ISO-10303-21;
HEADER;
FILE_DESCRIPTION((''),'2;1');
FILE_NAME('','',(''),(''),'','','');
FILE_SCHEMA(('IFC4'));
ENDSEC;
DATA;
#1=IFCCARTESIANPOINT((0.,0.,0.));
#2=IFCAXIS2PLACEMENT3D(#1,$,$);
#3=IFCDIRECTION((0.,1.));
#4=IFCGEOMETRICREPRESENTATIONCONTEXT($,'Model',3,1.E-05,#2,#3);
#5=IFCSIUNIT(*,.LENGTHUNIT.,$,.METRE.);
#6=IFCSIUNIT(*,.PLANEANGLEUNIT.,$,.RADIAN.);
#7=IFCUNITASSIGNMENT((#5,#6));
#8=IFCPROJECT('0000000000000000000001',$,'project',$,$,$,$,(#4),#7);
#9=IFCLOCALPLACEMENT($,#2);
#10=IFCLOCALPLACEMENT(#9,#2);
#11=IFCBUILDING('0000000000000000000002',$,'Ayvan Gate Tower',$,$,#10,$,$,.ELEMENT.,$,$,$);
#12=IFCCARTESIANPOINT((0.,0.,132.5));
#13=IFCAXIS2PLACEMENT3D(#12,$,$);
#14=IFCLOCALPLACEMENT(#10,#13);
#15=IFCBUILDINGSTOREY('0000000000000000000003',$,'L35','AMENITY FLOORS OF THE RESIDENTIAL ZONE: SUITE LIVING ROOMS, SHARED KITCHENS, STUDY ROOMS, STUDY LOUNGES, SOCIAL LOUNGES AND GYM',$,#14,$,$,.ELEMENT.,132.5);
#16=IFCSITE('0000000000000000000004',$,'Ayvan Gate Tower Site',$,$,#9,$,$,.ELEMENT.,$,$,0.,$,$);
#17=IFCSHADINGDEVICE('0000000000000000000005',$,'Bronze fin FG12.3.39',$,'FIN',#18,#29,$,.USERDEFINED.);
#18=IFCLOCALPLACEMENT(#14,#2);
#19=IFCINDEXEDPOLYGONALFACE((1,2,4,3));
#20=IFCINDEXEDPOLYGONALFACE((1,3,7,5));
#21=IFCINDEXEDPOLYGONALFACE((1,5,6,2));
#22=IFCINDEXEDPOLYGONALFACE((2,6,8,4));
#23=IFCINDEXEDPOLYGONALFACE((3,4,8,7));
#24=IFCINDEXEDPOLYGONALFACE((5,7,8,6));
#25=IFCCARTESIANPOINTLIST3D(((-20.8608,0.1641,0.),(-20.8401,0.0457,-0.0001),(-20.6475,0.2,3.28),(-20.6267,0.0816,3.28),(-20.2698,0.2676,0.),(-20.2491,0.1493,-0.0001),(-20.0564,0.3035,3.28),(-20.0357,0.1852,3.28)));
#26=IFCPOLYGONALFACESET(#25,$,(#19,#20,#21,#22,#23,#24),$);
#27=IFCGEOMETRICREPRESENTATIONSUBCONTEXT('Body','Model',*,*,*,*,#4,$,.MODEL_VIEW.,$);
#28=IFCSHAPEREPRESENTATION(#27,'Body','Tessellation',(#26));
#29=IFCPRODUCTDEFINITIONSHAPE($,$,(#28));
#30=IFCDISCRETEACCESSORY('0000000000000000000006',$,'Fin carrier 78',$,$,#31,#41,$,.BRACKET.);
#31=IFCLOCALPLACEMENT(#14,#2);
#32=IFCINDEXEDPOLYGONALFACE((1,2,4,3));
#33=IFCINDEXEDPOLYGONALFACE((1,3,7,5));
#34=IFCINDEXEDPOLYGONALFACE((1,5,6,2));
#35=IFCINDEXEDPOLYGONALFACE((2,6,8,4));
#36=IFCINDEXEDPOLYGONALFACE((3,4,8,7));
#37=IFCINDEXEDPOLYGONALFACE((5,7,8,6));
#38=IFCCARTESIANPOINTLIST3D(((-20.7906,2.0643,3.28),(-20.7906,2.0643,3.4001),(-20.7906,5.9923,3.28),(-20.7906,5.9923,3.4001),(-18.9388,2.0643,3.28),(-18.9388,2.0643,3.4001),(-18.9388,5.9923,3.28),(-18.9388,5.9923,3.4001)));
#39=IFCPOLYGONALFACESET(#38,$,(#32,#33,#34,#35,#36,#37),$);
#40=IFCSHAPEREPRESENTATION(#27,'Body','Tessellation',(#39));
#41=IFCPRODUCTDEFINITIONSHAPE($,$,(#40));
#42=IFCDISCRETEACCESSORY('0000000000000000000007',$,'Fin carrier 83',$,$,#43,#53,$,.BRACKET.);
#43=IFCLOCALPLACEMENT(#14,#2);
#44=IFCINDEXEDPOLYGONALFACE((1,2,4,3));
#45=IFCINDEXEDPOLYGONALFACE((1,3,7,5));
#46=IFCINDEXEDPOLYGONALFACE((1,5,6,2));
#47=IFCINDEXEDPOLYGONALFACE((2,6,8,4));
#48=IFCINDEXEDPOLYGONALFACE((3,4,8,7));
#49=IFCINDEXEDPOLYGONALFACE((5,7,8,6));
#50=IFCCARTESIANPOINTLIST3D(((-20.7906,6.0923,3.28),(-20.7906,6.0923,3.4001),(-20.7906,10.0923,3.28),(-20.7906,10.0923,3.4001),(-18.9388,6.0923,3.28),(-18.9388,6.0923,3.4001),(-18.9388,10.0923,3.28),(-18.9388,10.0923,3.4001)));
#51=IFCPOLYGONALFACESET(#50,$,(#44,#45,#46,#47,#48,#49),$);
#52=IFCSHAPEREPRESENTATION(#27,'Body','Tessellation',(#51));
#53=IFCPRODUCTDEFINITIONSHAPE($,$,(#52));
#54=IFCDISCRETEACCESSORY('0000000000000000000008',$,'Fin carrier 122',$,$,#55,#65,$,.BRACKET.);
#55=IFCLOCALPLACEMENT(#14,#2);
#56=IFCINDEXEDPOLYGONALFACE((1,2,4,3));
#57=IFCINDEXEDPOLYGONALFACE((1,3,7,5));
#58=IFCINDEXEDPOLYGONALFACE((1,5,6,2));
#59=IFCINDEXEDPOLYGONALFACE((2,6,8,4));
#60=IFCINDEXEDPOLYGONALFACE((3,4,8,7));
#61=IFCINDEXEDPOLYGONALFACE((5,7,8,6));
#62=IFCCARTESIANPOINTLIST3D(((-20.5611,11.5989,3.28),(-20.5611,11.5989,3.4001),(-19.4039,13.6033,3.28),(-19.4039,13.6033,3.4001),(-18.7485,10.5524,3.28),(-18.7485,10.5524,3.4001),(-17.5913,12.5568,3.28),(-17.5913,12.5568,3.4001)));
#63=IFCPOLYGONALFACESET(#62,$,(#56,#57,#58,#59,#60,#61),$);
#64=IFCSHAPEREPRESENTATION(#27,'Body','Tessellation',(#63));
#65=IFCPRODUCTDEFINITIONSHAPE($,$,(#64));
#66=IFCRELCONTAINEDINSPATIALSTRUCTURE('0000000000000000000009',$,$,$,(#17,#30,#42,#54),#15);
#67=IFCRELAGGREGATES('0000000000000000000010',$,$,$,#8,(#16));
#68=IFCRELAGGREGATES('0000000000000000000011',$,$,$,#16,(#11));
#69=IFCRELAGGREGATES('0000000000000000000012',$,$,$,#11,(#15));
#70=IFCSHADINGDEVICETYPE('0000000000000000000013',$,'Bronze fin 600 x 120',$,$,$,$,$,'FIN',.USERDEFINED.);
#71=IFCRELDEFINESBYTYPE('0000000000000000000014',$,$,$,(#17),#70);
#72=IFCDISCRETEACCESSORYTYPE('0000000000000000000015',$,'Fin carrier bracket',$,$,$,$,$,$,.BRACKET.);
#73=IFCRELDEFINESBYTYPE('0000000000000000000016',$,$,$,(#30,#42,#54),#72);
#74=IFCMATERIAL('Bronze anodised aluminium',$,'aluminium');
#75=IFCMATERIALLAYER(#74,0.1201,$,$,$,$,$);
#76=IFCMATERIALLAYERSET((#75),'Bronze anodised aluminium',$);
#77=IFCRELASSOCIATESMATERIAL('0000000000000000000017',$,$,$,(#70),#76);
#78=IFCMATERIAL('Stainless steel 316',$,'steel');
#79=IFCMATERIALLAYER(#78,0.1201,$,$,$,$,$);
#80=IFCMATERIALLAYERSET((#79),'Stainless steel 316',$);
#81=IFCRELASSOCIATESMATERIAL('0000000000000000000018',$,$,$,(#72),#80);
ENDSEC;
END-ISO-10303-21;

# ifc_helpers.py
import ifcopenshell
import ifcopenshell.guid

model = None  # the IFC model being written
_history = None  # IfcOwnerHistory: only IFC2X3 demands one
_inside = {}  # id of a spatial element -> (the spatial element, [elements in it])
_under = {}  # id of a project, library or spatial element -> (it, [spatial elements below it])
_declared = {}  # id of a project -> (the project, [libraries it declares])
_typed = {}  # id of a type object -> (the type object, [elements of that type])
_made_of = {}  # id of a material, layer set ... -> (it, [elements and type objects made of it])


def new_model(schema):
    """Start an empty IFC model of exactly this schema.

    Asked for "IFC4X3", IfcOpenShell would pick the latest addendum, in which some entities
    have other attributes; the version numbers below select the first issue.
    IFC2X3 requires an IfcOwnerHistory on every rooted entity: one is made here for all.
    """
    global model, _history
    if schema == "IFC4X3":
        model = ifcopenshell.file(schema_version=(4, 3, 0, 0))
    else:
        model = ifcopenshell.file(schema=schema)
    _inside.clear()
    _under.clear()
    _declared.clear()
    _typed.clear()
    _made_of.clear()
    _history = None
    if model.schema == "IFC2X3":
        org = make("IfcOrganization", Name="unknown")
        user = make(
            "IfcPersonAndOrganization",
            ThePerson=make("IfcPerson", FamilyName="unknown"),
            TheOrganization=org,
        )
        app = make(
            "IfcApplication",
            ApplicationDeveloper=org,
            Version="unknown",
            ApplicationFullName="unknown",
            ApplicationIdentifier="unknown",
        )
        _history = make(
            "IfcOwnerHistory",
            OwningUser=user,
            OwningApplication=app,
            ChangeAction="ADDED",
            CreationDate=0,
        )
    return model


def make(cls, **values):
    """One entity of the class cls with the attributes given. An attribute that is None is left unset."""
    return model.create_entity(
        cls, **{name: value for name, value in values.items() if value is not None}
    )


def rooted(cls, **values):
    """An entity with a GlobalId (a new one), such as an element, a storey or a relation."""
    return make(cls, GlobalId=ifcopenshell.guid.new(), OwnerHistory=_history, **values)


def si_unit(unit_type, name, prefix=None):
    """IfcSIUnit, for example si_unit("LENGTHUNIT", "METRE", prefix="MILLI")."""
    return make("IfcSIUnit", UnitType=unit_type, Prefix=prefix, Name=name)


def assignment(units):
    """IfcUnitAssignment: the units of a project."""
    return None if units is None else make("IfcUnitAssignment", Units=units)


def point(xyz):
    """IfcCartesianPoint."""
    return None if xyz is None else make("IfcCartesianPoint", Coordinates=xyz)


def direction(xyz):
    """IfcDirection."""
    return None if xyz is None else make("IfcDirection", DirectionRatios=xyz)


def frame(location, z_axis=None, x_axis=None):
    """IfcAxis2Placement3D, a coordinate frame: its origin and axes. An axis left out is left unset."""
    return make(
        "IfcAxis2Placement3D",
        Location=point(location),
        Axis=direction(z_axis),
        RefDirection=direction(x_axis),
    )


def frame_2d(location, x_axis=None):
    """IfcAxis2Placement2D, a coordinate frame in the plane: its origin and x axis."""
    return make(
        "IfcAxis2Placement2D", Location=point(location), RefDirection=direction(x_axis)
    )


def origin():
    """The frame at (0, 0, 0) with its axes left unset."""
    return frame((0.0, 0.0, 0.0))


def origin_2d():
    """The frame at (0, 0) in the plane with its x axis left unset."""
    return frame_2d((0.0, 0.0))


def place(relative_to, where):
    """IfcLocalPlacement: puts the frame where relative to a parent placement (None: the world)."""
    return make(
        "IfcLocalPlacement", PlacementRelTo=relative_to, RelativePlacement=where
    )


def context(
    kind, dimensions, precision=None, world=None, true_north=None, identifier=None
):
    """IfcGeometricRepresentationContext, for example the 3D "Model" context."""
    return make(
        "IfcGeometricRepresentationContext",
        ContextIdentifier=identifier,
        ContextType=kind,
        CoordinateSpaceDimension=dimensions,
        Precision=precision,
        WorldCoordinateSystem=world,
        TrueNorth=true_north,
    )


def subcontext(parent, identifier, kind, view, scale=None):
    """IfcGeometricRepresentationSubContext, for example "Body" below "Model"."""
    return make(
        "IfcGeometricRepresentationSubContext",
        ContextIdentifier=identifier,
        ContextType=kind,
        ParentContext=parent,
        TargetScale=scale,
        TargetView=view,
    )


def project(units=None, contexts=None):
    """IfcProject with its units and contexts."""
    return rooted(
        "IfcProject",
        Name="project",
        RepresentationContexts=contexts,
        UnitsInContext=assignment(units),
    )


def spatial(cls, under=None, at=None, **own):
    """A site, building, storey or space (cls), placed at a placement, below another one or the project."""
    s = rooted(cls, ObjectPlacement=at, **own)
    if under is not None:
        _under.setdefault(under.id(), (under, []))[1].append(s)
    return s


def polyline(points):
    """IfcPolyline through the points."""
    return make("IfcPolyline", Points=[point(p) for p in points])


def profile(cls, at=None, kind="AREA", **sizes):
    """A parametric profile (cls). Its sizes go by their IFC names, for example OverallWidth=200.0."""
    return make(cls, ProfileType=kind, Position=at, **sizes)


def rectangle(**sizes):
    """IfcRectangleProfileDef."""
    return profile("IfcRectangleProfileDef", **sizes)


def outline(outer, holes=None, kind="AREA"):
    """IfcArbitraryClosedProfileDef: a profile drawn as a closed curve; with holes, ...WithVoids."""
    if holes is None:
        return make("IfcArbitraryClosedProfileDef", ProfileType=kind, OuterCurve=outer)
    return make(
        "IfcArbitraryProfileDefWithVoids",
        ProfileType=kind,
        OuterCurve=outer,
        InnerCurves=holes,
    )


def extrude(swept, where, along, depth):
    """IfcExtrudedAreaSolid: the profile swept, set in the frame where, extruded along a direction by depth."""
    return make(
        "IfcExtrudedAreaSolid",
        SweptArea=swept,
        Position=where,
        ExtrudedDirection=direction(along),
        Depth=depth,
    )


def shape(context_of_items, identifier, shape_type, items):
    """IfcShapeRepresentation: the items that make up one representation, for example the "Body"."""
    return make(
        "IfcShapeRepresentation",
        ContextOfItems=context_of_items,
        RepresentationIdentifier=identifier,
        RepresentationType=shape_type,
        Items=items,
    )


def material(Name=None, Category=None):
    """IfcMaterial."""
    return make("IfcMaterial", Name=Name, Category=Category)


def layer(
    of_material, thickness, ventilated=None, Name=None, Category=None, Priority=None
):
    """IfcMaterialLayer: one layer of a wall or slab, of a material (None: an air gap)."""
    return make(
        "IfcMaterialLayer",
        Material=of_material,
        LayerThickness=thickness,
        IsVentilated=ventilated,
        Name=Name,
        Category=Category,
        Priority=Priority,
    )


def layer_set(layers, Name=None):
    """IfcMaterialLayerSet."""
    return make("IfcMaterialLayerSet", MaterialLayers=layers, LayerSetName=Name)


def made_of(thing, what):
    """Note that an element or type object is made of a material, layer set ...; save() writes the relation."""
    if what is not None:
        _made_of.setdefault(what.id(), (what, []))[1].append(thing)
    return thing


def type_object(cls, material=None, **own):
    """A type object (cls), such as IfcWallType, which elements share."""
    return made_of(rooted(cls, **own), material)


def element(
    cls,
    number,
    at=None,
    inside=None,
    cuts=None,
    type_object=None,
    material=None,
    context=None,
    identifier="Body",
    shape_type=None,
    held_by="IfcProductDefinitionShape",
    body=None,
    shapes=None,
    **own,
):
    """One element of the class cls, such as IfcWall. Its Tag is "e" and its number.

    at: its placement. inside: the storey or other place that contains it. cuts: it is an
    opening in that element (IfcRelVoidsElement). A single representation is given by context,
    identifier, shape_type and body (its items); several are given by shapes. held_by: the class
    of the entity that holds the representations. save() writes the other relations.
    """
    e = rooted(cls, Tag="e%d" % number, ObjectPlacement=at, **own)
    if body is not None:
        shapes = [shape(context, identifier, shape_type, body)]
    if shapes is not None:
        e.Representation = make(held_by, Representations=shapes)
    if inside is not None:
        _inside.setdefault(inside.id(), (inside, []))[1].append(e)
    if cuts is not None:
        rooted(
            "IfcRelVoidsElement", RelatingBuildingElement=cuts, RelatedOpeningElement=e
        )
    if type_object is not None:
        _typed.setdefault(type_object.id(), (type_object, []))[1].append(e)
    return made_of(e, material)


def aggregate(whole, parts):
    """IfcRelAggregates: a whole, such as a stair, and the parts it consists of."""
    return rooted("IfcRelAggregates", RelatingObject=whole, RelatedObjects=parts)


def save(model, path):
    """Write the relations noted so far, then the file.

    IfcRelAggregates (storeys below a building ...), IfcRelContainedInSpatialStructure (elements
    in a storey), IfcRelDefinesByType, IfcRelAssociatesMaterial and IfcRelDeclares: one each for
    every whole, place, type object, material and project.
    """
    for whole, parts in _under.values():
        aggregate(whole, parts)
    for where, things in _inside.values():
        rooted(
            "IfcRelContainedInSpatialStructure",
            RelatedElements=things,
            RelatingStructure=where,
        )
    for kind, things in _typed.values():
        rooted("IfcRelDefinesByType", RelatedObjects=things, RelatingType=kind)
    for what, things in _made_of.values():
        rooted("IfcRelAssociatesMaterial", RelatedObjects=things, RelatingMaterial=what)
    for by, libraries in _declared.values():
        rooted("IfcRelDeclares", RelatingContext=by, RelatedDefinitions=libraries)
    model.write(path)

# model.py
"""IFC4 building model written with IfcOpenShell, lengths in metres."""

from ifc_helpers import new_model, si_unit, direction, frame, origin, origin_2d, place, context, subcontext, project, spatial, polyline, rectangle, outline, extrude, material, layer, layer_set, type_object, element, save


model = new_model("IFC4")

# Units and contexts
model_context = context("Model", 3, precision=1e-05, world=origin(), true_north=direction((0.0, 1.0)))
body_context = subcontext(model_context, "Body", "Model", "MODEL_VIEW")
ifc_project = project(units=[si_unit("LENGTHUNIT", "METRE"), si_unit("PLANEANGLEUNIT", "RADIAN")], contexts=[model_context])

# Site, building, storey
site_placement = place(None, origin())
site = spatial("IfcSite", under=ifc_project, at=site_placement, Name="Ayvan Gate Tower Site", CompositionType="ELEMENT", RefElevation=0.0)
building_placement = place(site_placement, origin())
building = spatial("IfcBuilding", under=site, at=building_placement, Name="Ayvan Gate Tower", CompositionType="ELEMENT")
storey_placement = place(building_placement, frame((0.0, 0.0, 132.5)))
storey = spatial("IfcBuildingStorey", under=building, at=storey_placement, Name="L35", Description="AMENITY FLOORS OF THE RESIDENTIAL ZONE: SUITE LIVING ROOMS, SHARED KITCHENS, STUDY ROOMS, STUDY LOUNGES, SOCIAL LOUNGES AND GYM", CompositionType="ELEMENT", Elevation=132.5)

# Shared definitions
ifc_material_1 = material(Name="Bronze anodised aluminium", Category="aluminium")

# Shading device
ifc_layer_1 = layer(ifc_material_1, 0.1201)
ifc_layer_set_1 = layer_set([ifc_layer_1], Name="Bronze anodised aluminium")
shading_device_type = type_object("IfcShadingDeviceType", Name="Bronze fin 600 x 120", ElementType="FIN", PredefinedType="USERDEFINED", material=ifc_layer_set_1)
shading_device_1_placement = place(storey_placement, frame((-20.2698, 0.2676, 0.0), z_axis=(-0.172509, 0.985008, 0.000445), x_axis=(-0.985008, -0.172509, 0.0)))
element("IfcShadingDevice", 1, at=shading_device_1_placement, inside=storey, type_object=shading_device_type, Name="Bronze fin FG12.3.39", ObjectType="FIN", PredefinedType="USERDEFINED", context=body_context, shape_type="SweptSolid", body=[
    extrude(outline(polyline([(0.0, 0.0), (0.6001, 0.0), (0.3837, 3.28), (-0.2164, 3.28), (0.0, 0.0)])), origin(), (0.0, 0.0, -1.0), 0.1201),
])

# Discrete accessories
ifc_material_2 = material(Name="Stainless steel 316", Category="steel")
ifc_layer_2 = layer(ifc_material_2, 0.1201)
ifc_layer_set_2 = layer_set([ifc_layer_2], Name="Stainless steel 316")
discrete_accessory_type = type_object("IfcDiscreteAccessoryType", Name="Fin carrier bracket", PredefinedType="BRACKET", material=ifc_layer_set_2)
discrete_accessory_1_placement = place(storey_placement, frame((-19.8647, 4.0283, 3.28), z_axis=(0.0, 0.0, 1.0), x_axis=(0.0, -1.0, 0.0)))
element("IfcDiscreteAccessory", 2, at=discrete_accessory_1_placement, inside=storey, type_object=discrete_accessory_type, Name="Fin carrier 78", PredefinedType="BRACKET", context=body_context, shape_type="SweptSolid", body=[
    extrude(rectangle(XDim=3.928, YDim=1.8518, at=origin_2d()), origin(), (0.0, 0.0, 1.0), 0.1201),
])
discrete_accessory_2_placement = place(storey_placement, frame((-19.8647, 8.0923, 3.28), z_axis=(0.0, 0.0, 1.0), x_axis=(0.0, -1.0, 0.0)))
element("IfcDiscreteAccessory", 3, at=discrete_accessory_2_placement, inside=storey, type_object=discrete_accessory_type, Name="Fin carrier 83", PredefinedType="BRACKET", context=body_context, shape_type="SweptSolid", body=[
    extrude(rectangle(XDim=4.0, YDim=1.8518, at=origin_2d()), origin(), (0.0, 0.0, 1.0), 0.1201),
])
discrete_accessory_3_placement = place(storey_placement, frame((-19.0762, 12.0779, 3.28), z_axis=(0.0, 0.0, 1.0), x_axis=(-0.5, -0.866025, 0.0)))
element("IfcDiscreteAccessory", 4, at=discrete_accessory_3_placement, inside=storey, type_object=discrete_accessory_type, Name="Fin carrier 122", PredefinedType="BRACKET", context=body_context, shape_type="SweptSolid", body=[
    extrude(rectangle(XDim=2.3145, YDim=2.093, at=origin_2d()), origin(), (0.0, 0.0, 1.0), 0.1201),
])

save(model, "model.ifc")
